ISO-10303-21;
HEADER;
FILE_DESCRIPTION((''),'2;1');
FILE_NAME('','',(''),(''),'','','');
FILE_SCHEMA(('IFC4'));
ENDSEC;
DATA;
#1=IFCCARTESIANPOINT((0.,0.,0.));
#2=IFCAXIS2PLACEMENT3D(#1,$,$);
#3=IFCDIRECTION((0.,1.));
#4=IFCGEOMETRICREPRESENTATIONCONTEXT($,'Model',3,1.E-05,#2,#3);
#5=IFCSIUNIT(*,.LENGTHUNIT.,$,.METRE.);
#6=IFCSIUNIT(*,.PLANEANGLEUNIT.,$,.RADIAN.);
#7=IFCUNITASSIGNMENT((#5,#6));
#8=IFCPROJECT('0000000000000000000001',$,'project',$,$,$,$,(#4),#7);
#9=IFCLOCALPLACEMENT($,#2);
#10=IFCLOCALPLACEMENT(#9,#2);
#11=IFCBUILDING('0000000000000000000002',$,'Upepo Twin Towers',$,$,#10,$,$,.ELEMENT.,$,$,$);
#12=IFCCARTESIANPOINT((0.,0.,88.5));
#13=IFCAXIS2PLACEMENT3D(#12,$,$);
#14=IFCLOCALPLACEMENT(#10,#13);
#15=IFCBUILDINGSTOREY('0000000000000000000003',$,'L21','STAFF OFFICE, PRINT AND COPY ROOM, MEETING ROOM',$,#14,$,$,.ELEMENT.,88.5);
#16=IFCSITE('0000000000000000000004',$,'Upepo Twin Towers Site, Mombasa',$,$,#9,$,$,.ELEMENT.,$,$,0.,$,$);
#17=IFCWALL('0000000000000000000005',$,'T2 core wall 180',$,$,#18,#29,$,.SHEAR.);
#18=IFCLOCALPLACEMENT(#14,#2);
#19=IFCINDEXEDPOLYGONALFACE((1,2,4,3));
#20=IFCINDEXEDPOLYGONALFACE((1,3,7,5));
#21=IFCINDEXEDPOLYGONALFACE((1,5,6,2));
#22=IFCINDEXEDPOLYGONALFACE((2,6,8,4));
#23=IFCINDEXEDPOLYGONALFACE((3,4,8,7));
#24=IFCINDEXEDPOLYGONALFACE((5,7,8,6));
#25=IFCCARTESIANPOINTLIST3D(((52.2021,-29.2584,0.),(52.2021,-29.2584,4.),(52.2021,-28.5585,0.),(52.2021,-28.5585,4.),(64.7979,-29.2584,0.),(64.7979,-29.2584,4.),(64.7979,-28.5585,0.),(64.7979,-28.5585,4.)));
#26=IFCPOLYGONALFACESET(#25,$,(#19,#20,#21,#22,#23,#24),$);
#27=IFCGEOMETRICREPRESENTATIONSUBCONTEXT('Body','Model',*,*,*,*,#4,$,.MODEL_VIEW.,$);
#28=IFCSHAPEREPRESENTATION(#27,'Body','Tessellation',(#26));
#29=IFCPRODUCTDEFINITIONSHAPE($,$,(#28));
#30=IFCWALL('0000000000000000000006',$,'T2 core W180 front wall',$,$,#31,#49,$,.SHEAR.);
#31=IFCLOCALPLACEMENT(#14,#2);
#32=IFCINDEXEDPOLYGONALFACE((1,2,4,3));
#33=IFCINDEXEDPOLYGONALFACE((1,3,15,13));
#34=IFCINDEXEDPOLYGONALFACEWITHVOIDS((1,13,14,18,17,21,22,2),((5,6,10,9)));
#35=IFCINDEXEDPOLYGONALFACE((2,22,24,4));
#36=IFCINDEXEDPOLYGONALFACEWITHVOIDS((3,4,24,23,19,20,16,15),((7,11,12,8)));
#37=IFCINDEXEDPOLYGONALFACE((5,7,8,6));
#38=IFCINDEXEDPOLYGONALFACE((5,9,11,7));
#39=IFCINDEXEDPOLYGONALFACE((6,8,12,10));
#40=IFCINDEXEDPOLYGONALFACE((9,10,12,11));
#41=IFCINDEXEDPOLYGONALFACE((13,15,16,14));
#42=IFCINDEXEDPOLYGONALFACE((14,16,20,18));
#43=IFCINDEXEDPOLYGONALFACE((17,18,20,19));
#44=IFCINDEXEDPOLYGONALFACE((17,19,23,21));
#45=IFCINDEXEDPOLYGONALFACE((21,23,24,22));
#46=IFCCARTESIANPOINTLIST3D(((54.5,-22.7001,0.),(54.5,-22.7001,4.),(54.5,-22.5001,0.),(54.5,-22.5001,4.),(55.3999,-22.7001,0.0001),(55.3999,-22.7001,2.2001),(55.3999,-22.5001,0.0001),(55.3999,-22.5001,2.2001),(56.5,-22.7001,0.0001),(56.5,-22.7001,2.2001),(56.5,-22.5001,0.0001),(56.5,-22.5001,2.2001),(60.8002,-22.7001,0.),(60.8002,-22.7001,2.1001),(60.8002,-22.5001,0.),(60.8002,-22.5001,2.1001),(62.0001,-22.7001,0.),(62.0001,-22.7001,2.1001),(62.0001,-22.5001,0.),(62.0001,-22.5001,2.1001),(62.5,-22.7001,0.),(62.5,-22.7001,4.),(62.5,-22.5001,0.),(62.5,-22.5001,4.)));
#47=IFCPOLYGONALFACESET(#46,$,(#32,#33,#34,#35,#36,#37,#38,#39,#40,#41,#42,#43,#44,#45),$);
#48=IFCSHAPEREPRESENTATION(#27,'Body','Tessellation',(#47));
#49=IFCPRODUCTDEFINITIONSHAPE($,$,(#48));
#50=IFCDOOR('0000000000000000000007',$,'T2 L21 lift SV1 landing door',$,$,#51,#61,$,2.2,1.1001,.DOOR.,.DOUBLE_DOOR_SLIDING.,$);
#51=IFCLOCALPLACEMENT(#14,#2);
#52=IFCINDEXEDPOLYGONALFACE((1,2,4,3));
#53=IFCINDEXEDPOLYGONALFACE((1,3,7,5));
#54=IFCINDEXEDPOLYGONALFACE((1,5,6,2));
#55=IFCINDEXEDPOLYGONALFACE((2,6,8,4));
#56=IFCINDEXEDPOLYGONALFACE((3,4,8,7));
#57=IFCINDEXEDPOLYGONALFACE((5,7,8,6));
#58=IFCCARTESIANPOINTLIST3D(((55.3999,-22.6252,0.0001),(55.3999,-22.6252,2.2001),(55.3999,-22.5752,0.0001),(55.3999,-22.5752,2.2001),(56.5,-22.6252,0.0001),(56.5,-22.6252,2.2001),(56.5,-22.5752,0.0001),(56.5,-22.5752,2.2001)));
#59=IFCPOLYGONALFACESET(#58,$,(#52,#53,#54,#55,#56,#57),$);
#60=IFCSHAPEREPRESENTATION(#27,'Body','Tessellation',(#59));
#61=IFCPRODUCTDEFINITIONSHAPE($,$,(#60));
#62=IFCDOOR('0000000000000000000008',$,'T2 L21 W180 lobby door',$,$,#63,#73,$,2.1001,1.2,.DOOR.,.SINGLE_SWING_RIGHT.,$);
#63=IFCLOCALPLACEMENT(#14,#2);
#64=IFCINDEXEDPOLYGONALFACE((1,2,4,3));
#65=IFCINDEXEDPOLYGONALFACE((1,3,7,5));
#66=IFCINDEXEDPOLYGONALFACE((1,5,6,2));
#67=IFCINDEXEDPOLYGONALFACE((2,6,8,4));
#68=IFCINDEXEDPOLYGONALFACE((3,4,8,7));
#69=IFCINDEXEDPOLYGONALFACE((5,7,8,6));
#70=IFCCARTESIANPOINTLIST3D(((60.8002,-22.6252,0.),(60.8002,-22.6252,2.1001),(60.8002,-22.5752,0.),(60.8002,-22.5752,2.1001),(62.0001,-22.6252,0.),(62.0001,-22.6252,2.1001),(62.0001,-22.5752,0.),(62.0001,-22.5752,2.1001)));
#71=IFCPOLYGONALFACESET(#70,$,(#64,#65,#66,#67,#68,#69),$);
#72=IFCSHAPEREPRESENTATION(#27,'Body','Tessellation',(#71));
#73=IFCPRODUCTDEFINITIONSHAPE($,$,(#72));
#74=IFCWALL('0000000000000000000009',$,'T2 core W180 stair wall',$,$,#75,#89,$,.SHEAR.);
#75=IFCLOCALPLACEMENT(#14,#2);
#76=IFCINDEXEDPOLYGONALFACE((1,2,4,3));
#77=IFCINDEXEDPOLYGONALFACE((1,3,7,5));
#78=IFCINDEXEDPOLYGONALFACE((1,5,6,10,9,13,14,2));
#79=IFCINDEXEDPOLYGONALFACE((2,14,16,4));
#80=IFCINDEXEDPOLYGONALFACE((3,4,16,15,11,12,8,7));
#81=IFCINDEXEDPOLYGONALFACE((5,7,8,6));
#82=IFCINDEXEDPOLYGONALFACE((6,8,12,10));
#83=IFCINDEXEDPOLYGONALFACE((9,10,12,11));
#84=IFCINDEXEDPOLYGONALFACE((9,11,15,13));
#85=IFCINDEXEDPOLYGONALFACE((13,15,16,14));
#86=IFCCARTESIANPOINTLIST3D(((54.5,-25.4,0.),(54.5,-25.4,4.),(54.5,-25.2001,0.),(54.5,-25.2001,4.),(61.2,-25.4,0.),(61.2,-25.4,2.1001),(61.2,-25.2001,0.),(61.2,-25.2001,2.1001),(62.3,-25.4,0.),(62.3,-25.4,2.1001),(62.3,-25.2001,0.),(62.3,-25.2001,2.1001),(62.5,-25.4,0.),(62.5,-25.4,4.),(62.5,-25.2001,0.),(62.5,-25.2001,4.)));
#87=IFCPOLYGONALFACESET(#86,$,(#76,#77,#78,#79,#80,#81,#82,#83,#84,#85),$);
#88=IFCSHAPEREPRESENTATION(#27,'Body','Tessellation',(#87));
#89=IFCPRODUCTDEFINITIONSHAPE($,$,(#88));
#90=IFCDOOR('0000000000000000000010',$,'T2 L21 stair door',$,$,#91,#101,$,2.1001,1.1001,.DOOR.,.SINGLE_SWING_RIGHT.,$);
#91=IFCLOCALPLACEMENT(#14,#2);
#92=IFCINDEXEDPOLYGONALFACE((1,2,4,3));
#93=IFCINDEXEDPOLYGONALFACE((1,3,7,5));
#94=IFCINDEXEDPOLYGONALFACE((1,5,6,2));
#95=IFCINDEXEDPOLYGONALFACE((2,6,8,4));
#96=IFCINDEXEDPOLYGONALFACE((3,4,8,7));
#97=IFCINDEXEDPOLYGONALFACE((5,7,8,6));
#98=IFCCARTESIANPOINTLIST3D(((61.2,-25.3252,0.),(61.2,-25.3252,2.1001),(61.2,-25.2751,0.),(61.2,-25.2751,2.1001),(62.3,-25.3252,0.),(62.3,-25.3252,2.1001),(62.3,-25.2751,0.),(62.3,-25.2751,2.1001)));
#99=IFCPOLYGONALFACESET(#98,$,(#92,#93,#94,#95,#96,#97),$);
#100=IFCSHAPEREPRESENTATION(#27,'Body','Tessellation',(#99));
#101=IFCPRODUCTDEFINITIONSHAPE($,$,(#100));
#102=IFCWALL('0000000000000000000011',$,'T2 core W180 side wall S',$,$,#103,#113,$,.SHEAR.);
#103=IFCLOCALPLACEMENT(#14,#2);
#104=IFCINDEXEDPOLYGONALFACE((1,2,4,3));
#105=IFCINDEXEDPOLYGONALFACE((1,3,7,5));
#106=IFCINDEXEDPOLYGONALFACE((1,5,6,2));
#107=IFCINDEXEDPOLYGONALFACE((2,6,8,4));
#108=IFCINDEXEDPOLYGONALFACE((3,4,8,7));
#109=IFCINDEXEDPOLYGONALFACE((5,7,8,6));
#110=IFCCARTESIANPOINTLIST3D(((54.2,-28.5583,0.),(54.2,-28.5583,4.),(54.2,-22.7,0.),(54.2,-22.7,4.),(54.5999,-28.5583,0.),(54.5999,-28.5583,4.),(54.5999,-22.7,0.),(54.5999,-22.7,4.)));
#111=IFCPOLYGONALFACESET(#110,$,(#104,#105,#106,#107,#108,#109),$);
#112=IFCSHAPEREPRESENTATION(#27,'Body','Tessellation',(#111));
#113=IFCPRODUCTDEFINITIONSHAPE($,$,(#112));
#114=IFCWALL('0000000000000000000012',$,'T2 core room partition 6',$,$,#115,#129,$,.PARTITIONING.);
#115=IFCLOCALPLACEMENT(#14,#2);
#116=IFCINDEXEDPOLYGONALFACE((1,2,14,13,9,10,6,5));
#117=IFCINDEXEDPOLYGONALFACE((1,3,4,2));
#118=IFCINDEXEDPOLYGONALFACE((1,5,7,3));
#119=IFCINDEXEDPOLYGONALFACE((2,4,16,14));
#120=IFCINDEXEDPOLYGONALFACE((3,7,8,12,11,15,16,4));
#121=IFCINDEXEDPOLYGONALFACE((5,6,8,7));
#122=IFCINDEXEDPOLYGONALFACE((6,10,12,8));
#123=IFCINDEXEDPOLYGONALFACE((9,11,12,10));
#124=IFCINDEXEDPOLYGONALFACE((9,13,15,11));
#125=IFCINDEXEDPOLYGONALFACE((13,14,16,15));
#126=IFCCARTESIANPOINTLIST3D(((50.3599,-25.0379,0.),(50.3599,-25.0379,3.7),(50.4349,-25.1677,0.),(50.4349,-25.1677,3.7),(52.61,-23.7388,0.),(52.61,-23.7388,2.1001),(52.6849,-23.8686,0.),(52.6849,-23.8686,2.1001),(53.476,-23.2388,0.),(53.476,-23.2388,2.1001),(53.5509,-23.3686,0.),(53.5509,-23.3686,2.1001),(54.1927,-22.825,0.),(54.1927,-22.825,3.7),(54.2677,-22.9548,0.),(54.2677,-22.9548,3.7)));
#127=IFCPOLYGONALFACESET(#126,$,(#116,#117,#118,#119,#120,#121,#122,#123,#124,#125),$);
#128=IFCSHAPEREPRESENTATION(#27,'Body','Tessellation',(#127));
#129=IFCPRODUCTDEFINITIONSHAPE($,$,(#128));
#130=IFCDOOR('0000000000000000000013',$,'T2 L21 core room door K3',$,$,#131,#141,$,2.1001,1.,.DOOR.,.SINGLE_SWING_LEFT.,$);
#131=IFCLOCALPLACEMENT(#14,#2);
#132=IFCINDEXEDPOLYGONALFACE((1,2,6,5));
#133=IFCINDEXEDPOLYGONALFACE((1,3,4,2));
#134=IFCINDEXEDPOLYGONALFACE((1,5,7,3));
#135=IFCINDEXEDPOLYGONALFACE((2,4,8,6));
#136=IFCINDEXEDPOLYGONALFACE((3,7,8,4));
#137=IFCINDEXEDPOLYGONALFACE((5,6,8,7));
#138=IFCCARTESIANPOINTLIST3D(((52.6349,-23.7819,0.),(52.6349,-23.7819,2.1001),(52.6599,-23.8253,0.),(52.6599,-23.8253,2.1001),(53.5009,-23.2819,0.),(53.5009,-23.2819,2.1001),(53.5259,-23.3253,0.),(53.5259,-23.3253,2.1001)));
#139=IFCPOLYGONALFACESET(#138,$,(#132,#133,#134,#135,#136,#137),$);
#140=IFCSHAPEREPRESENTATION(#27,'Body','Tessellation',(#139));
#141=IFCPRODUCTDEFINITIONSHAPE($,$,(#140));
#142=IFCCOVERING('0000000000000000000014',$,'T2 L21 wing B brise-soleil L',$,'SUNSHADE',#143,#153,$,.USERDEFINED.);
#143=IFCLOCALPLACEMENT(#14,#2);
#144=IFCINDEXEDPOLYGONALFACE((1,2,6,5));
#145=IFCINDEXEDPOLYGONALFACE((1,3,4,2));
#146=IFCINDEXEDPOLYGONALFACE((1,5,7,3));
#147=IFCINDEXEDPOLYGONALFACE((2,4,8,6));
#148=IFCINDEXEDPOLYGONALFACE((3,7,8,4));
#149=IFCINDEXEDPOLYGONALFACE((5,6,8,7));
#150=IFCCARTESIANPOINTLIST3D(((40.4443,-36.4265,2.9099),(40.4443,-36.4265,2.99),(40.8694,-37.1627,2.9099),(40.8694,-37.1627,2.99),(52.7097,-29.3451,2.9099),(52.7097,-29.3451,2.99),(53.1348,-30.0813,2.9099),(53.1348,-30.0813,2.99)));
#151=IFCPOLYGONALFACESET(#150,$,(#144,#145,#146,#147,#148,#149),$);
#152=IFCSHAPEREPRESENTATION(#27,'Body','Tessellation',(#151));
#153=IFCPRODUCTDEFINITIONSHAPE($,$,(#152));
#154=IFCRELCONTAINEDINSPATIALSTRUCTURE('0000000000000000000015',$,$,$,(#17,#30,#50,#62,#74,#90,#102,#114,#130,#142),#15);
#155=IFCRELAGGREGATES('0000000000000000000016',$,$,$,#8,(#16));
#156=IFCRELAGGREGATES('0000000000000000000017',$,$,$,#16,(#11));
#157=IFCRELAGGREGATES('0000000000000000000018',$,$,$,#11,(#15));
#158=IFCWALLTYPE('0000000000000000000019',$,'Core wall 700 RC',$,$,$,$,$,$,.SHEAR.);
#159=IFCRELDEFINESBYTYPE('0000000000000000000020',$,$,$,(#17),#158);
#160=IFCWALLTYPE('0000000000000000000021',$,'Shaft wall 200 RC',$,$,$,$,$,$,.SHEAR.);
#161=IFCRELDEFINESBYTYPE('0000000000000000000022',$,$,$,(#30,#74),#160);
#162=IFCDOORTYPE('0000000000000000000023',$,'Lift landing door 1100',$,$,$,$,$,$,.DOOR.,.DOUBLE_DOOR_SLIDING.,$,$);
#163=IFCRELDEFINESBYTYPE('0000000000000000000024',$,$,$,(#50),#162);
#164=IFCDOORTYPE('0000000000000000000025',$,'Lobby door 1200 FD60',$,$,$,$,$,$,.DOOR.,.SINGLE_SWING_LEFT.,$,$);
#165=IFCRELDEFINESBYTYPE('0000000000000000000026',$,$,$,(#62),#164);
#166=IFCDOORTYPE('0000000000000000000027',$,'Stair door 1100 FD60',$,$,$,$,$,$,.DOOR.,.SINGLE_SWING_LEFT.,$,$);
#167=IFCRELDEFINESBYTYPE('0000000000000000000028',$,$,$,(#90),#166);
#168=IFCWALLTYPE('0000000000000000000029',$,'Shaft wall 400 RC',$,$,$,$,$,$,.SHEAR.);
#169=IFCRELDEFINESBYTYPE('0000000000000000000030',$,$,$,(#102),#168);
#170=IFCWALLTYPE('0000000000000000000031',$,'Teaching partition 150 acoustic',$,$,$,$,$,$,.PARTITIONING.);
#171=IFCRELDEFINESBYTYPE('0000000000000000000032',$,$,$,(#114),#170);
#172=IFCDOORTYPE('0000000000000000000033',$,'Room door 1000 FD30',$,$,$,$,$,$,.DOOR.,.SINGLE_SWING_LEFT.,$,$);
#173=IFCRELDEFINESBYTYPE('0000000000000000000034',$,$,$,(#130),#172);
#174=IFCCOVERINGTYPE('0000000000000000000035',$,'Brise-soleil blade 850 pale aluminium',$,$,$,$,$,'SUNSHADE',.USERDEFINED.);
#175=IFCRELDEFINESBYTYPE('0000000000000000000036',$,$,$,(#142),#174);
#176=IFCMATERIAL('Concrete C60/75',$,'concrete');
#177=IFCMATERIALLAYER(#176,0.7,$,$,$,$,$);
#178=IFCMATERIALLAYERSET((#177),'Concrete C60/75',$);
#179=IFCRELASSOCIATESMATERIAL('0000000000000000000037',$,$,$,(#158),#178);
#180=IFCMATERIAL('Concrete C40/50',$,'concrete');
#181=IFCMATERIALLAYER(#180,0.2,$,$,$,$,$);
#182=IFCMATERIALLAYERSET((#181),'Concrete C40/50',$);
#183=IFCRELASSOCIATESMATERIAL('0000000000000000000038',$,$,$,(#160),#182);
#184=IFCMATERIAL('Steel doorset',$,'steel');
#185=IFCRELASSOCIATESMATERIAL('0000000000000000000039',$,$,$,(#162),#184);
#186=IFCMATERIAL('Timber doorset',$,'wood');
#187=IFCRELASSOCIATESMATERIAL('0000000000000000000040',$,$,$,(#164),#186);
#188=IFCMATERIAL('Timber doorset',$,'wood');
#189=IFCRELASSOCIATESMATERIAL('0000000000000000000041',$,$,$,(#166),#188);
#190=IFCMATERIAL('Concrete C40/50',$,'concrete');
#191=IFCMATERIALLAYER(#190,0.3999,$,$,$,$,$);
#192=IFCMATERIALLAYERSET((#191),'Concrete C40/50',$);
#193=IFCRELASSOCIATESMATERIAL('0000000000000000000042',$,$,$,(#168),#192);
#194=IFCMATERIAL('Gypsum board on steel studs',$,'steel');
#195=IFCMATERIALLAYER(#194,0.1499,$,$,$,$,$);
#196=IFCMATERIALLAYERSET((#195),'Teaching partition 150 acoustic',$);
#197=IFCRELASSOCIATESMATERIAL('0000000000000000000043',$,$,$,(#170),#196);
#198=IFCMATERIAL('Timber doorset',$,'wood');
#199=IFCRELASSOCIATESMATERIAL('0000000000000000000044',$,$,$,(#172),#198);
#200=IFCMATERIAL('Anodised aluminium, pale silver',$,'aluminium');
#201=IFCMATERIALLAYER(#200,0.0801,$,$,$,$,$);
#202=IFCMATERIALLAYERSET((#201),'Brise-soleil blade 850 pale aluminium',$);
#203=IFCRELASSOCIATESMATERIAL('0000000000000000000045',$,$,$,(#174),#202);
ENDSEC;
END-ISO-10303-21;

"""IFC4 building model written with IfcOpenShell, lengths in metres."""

from ifc_helpers import new_model, si_unit, direction, frame, frame_2d, origin, origin_2d, place, context, subcontext, project, spatial, rectangle, extrude, material, layer, layer_set, type_object, element, fill, save


model = new_model("IFC4")

# Units and contexts
model_context = context("Model", 3, precision=1e-05, world=origin(), true_north=direction((0.0, 1.0)))
body_context = subcontext(model_context, "Body", "Model", "MODEL_VIEW")
ifc_project = project(units=[si_unit("LENGTHUNIT", "METRE"), si_unit("PLANEANGLEUNIT", "RADIAN")], contexts=[model_context])

# Site, building, storey
site_placement = place(None, origin())
site = spatial("IfcSite", under=ifc_project, at=site_placement, Name="Upepo Twin Towers Site, Mombasa", CompositionType="ELEMENT", RefElevation=0.0)
building_placement = place(site_placement, origin())
building = spatial("IfcBuilding", under=site, at=building_placement, Name="Upepo Twin Towers", CompositionType="ELEMENT")
storey_placement = place(building_placement, frame((0.0, 0.0, 88.5)))
storey = spatial("IfcBuildingStorey", under=building, at=storey_placement, Name="L21", Description="STAFF OFFICE, PRINT AND COPY ROOM, MEETING ROOM", CompositionType="ELEMENT", Elevation=88.5)

# Wall
ifc_material_1 = material(Name="Concrete C60/75", Category="concrete")
ifc_layer_1 = layer(ifc_material_1, 0.7)
ifc_layer_set_1 = layer_set([ifc_layer_1], Name="Concrete C60/75")
wall_type_1 = type_object("IfcWallType", Name="Core wall 700 RC", PredefinedType="SHEAR", material=ifc_layer_set_1)
wall_1_placement = place(storey_placement, frame((52.2021, -28.9084, 0.0), z_axis=(0.0, 0.0, 1.0), x_axis=(1.0, 0.0, 0.0)))
element("IfcWall", 1, at=wall_1_placement, inside=storey, type_object=wall_type_1, Name="T2 core wall 180", PredefinedType="SHEAR", context=body_context, shape_type="SweptSolid", body=[
    extrude(rectangle(XDim=12.5957, YDim=0.7, at=frame_2d((6.2979, 0.0))), origin(), (0.0, 0.0, 1.0), 4.0),
])

# Wall, openings, doors
ifc_material_2 = material(Name="Concrete C40/50", Category="concrete")
ifc_layer_2 = layer(ifc_material_2, 0.2)
ifc_layer_set_2 = layer_set([ifc_layer_2], Name="Concrete C40/50")
wall_type_2 = type_object("IfcWallType", Name="Shaft wall 200 RC", PredefinedType="SHEAR", material=ifc_layer_set_2)
wall_2_placement = place(storey_placement, frame((54.5, -22.6001, 0.0), z_axis=(0.0, 0.0, 1.0), x_axis=(1.0, 0.0, 0.0)))
wall_2 = element("IfcWall", 2, at=wall_2_placement, inside=storey, type_object=wall_type_2, Name="T2 core W180 front wall", PredefinedType="SHEAR", context=body_context, shape_type="SweptSolid", body=[
    extrude(rectangle(XDim=8.0, YDim=0.2, at=frame_2d((4.0, 0.0))), origin(), (0.0, 0.0, 1.0), 4.0),
])
opening_1_placement = place(wall_2_placement, frame((6.3, 0.0, 0.0)))
opening_1 = element("IfcOpeningElement", 3, at=opening_1_placement, cuts=wall_2, PredefinedType="OPENING", context=body_context, shape_type="SweptSolid", body=[
    extrude(rectangle(XDim=1.2, YDim=2.1001, at=frame_2d((0.6001, 1.05))), frame((0.0, 0.1099, 0.0), z_axis=(0.0, -1.0, 0.0), x_axis=(1.0, 0.0, 0.0)), (0.0, 0.0, 1.0), 0.22),
])
opening_2_placement = place(wall_2_placement, frame((0.8999, 0.0, 0.0)))
opening_2 = element("IfcOpeningElement", 4, at=opening_2_placement, cuts=wall_2, PredefinedType="OPENING", context=body_context, shape_type="SweptSolid", body=[
    extrude(rectangle(XDim=1.1001, YDim=2.2, at=frame_2d((0.55, 1.1001))), frame((0.0, 0.1099, 0.0), z_axis=(0.0, -1.0, 0.0), x_axis=(1.0, 0.0, 0.0)), (0.0, 0.0, 1.0), 0.22),
])
ifc_material_3 = material(Name="Steel doorset", Category="steel")
door_type_1 = type_object("IfcDoorType", Name="Lift landing door 1100", OperationType="DOUBLE_DOOR_SLIDING", PredefinedType="DOOR", material=ifc_material_3)
door_1_placement = place(opening_2_placement, origin())
door_1 = element("IfcDoor", 5, at=door_1_placement, inside=storey, type_object=door_type_1, Name="T2 L21 lift SV1 landing door", OperationType="DOUBLE_DOOR_SLIDING", OverallHeight=2.2, OverallWidth=1.1001, PredefinedType="DOOR", context=body_context, shape_type="SweptSolid", body=[
    extrude(rectangle(XDim=1.1001, YDim=2.2, at=frame_2d((0.55, 1.1001))), frame((0.0, 0.0249, 0.0), z_axis=(0.0, -1.0, 0.0), x_axis=(1.0, 0.0, 0.0)), (0.0, 0.0, 1.0), 0.05),
])
fill(opening_2, door_1)
ifc_material_4 = material(Name="Timber doorset", Category="wood")
door_type_2 = type_object("IfcDoorType", Name="Lobby door 1200 FD60", OperationType="SINGLE_SWING_LEFT", PredefinedType="DOOR", material=ifc_material_4)
door_2_placement = place(opening_1_placement, origin())
door_2 = element("IfcDoor", 6, at=door_2_placement, inside=storey, type_object=door_type_2, Name="T2 L21 W180 lobby door", OperationType="SINGLE_SWING_RIGHT", OverallHeight=2.1001, OverallWidth=1.2, PredefinedType="DOOR", context=body_context, shape_type="SweptSolid", body=[
    extrude(rectangle(XDim=1.2, YDim=2.1001, at=frame_2d((0.6001, 1.05))), frame((0.0, 0.0249, 0.0), z_axis=(0.0, -1.0, 0.0), x_axis=(1.0, 0.0, 0.0)), (0.0, 0.0, 1.0), 0.05),
])
fill(opening_1, door_2)

# Wall, opening, door
wall_3_placement = place(storey_placement, frame((54.5, -25.3, 0.0), z_axis=(0.0, 0.0, 1.0), x_axis=(1.0, 0.0, 0.0)))
wall_3 = element("IfcWall", 7, at=wall_3_placement, inside=storey, type_object=wall_type_2, Name="T2 core W180 stair wall", PredefinedType="SHEAR", context=body_context, shape_type="SweptSolid", body=[
    extrude(rectangle(XDim=8.0, YDim=0.2, at=frame_2d((4.0, 0.0))), origin(), (0.0, 0.0, 1.0), 4.0),
])
opening_3_placement = place(wall_3_placement, frame((6.7, 0.0, 0.0)))
opening_3 = element("IfcOpeningElement", 8, at=opening_3_placement, cuts=wall_3, PredefinedType="OPENING", context=body_context, shape_type="SweptSolid", body=[
    extrude(rectangle(XDim=1.1001, YDim=2.1001, at=frame_2d((0.55, 1.05))), frame((0.0, 0.1099, 0.0), z_axis=(0.0, -1.0, 0.0), x_axis=(1.0, 0.0, 0.0)), (0.0, 0.0, 1.0), 0.22),
])
ifc_material_5 = material(Name="Timber doorset", Category="wood")
door_type_3 = type_object("IfcDoorType", Name="Stair door 1100 FD60", OperationType="SINGLE_SWING_LEFT", PredefinedType="DOOR", material=ifc_material_5)
door_3_placement = place(opening_3_placement, origin())
door_3 = element("IfcDoor", 9, at=door_3_placement, inside=storey, type_object=door_type_3, Name="T2 L21 stair door", OperationType="SINGLE_SWING_RIGHT", OverallHeight=2.1001, OverallWidth=1.1001, PredefinedType="DOOR", context=body_context, shape_type="SweptSolid", body=[
    extrude(rectangle(XDim=1.1001, YDim=2.1001, at=frame_2d((0.55, 1.05))), frame((0.0, 0.0249, 0.0), z_axis=(0.0, -1.0, 0.0), x_axis=(1.0, 0.0, 0.0)), (0.0, 0.0, 1.0), 0.05),
])
fill(opening_3, door_3)

# Wall
ifc_material_6 = material(Name="Concrete C40/50", Category="concrete")
ifc_layer_3 = layer(ifc_material_6, 0.3999)
ifc_layer_set_3 = layer_set([ifc_layer_3], Name="Concrete C40/50")
wall_type_3 = type_object("IfcWallType", Name="Shaft wall 400 RC", PredefinedType="SHEAR", material=ifc_layer_set_3)
wall_4_placement = place(storey_placement, frame((54.3999, -22.7, 0.0), z_axis=(0.0, 0.0, 1.0), x_axis=(0.0, -1.0, 0.0)))
element("IfcWall", 10, at=wall_4_placement, inside=storey, type_object=wall_type_3, Name="T2 core W180 side wall S", PredefinedType="SHEAR", context=body_context, shape_type="SweptSolid", body=[
    extrude(rectangle(XDim=5.8584, YDim=0.3999, at=frame_2d((2.9292, 0.0))), origin(), (0.0, 0.0, 1.0), 4.0),
])

# Wall, opening, door
ifc_material_7 = material(Name="Gypsum board on steel studs", Category="steel")
ifc_layer_4 = layer(ifc_material_7, 0.1499)
ifc_layer_set_4 = layer_set([ifc_layer_4], Name="Teaching partition 150 acoustic")
wall_type_4 = type_object("IfcWallType", Name="Teaching partition 150 acoustic", PredefinedType="PARTITIONING", material=ifc_layer_set_4)
wall_5_placement = place(storey_placement, frame((54.2302, -22.8899, 0.0), z_axis=(0.0, 0.0, 1.0), x_axis=(-0.866021, -0.500007, 0.0)))
wall_5 = element("IfcWall", 11, at=wall_5_placement, inside=storey, type_object=wall_type_4, Name="T2 core room partition 6", PredefinedType="PARTITIONING", context=body_context, shape_type="SweptSolid", body=[
    extrude(rectangle(XDim=4.4258, YDim=0.1499, at=frame_2d((2.2129, 0.0))), origin(), (0.0, 0.0, 1.0), 3.7),
])
opening_4_placement = place(wall_5_placement, frame((0.8276, 0.0, 0.0)))
opening_4 = element("IfcOpeningElement", 12, at=opening_4_placement, cuts=wall_5, PredefinedType="OPENING", context=body_context, shape_type="SweptSolid", body=[
    extrude(rectangle(XDim=1.0, YDim=2.1001, at=frame_2d((0.5, 1.05))), frame((0.0, 0.085, 0.0), z_axis=(0.0, -1.0, 0.0), x_axis=(1.0, 0.0, 0.0)), (0.0, 0.0, 1.0), 0.1699),
])
ifc_material_8 = material(Name="Timber doorset", Category="wood")
door_type_4 = type_object("IfcDoorType", Name="Room door 1000 FD30", OperationType="SINGLE_SWING_LEFT", PredefinedType="DOOR", material=ifc_material_8)
door_4_placement = place(opening_4_placement, origin())
door_4 = element("IfcDoor", 13, at=door_4_placement, inside=storey, type_object=door_type_4, Name="T2 L21 core room door K3", OperationType="SINGLE_SWING_LEFT", OverallHeight=2.1001, OverallWidth=1.0, PredefinedType="DOOR", context=body_context, shape_type="SweptSolid", body=[
    extrude(rectangle(XDim=1.0, YDim=2.1001, at=frame_2d((0.5, 1.05))), frame((0.0, 0.0249, 0.0), z_axis=(0.0, -1.0, 0.0), x_axis=(1.0, 0.0, 0.0)), (0.0, 0.0, 1.0), 0.05),
])
fill(opening_4, door_4)

# Covering
ifc_material_9 = material(Name="Anodised aluminium, pale silver", Category="aluminium")
ifc_layer_5 = layer(ifc_material_9, 0.0801)
ifc_layer_set_5 = layer_set([ifc_layer_5], Name="Brise-soleil blade 850 pale aluminium")
covering_type = type_object("IfcCoveringType", Name="Brise-soleil blade 850 pale aluminium", ElementType="SUNSHADE", PredefinedType="USERDEFINED", material=ifc_layer_set_5)
covering_placement = place(storey_placement, frame((46.7896, -33.2539, 2.9099), z_axis=(0.0, 0.0, 1.0), x_axis=(-0.866025, -0.5, 0.0)))
element("IfcCovering", 14, at=covering_placement, inside=storey, type_object=covering_type, Name="T2 L21 wing B brise-soleil L", ObjectType="SUNSHADE", PredefinedType="USERDEFINED", context=body_context, shape_type="SweptSolid", body=[
    extrude(rectangle(XDim=14.1628, YDim=0.8501, at=origin_2d()), origin(), (0.0, 0.0, 1.0), 0.0801),
])

save(model, "model.ifc")
